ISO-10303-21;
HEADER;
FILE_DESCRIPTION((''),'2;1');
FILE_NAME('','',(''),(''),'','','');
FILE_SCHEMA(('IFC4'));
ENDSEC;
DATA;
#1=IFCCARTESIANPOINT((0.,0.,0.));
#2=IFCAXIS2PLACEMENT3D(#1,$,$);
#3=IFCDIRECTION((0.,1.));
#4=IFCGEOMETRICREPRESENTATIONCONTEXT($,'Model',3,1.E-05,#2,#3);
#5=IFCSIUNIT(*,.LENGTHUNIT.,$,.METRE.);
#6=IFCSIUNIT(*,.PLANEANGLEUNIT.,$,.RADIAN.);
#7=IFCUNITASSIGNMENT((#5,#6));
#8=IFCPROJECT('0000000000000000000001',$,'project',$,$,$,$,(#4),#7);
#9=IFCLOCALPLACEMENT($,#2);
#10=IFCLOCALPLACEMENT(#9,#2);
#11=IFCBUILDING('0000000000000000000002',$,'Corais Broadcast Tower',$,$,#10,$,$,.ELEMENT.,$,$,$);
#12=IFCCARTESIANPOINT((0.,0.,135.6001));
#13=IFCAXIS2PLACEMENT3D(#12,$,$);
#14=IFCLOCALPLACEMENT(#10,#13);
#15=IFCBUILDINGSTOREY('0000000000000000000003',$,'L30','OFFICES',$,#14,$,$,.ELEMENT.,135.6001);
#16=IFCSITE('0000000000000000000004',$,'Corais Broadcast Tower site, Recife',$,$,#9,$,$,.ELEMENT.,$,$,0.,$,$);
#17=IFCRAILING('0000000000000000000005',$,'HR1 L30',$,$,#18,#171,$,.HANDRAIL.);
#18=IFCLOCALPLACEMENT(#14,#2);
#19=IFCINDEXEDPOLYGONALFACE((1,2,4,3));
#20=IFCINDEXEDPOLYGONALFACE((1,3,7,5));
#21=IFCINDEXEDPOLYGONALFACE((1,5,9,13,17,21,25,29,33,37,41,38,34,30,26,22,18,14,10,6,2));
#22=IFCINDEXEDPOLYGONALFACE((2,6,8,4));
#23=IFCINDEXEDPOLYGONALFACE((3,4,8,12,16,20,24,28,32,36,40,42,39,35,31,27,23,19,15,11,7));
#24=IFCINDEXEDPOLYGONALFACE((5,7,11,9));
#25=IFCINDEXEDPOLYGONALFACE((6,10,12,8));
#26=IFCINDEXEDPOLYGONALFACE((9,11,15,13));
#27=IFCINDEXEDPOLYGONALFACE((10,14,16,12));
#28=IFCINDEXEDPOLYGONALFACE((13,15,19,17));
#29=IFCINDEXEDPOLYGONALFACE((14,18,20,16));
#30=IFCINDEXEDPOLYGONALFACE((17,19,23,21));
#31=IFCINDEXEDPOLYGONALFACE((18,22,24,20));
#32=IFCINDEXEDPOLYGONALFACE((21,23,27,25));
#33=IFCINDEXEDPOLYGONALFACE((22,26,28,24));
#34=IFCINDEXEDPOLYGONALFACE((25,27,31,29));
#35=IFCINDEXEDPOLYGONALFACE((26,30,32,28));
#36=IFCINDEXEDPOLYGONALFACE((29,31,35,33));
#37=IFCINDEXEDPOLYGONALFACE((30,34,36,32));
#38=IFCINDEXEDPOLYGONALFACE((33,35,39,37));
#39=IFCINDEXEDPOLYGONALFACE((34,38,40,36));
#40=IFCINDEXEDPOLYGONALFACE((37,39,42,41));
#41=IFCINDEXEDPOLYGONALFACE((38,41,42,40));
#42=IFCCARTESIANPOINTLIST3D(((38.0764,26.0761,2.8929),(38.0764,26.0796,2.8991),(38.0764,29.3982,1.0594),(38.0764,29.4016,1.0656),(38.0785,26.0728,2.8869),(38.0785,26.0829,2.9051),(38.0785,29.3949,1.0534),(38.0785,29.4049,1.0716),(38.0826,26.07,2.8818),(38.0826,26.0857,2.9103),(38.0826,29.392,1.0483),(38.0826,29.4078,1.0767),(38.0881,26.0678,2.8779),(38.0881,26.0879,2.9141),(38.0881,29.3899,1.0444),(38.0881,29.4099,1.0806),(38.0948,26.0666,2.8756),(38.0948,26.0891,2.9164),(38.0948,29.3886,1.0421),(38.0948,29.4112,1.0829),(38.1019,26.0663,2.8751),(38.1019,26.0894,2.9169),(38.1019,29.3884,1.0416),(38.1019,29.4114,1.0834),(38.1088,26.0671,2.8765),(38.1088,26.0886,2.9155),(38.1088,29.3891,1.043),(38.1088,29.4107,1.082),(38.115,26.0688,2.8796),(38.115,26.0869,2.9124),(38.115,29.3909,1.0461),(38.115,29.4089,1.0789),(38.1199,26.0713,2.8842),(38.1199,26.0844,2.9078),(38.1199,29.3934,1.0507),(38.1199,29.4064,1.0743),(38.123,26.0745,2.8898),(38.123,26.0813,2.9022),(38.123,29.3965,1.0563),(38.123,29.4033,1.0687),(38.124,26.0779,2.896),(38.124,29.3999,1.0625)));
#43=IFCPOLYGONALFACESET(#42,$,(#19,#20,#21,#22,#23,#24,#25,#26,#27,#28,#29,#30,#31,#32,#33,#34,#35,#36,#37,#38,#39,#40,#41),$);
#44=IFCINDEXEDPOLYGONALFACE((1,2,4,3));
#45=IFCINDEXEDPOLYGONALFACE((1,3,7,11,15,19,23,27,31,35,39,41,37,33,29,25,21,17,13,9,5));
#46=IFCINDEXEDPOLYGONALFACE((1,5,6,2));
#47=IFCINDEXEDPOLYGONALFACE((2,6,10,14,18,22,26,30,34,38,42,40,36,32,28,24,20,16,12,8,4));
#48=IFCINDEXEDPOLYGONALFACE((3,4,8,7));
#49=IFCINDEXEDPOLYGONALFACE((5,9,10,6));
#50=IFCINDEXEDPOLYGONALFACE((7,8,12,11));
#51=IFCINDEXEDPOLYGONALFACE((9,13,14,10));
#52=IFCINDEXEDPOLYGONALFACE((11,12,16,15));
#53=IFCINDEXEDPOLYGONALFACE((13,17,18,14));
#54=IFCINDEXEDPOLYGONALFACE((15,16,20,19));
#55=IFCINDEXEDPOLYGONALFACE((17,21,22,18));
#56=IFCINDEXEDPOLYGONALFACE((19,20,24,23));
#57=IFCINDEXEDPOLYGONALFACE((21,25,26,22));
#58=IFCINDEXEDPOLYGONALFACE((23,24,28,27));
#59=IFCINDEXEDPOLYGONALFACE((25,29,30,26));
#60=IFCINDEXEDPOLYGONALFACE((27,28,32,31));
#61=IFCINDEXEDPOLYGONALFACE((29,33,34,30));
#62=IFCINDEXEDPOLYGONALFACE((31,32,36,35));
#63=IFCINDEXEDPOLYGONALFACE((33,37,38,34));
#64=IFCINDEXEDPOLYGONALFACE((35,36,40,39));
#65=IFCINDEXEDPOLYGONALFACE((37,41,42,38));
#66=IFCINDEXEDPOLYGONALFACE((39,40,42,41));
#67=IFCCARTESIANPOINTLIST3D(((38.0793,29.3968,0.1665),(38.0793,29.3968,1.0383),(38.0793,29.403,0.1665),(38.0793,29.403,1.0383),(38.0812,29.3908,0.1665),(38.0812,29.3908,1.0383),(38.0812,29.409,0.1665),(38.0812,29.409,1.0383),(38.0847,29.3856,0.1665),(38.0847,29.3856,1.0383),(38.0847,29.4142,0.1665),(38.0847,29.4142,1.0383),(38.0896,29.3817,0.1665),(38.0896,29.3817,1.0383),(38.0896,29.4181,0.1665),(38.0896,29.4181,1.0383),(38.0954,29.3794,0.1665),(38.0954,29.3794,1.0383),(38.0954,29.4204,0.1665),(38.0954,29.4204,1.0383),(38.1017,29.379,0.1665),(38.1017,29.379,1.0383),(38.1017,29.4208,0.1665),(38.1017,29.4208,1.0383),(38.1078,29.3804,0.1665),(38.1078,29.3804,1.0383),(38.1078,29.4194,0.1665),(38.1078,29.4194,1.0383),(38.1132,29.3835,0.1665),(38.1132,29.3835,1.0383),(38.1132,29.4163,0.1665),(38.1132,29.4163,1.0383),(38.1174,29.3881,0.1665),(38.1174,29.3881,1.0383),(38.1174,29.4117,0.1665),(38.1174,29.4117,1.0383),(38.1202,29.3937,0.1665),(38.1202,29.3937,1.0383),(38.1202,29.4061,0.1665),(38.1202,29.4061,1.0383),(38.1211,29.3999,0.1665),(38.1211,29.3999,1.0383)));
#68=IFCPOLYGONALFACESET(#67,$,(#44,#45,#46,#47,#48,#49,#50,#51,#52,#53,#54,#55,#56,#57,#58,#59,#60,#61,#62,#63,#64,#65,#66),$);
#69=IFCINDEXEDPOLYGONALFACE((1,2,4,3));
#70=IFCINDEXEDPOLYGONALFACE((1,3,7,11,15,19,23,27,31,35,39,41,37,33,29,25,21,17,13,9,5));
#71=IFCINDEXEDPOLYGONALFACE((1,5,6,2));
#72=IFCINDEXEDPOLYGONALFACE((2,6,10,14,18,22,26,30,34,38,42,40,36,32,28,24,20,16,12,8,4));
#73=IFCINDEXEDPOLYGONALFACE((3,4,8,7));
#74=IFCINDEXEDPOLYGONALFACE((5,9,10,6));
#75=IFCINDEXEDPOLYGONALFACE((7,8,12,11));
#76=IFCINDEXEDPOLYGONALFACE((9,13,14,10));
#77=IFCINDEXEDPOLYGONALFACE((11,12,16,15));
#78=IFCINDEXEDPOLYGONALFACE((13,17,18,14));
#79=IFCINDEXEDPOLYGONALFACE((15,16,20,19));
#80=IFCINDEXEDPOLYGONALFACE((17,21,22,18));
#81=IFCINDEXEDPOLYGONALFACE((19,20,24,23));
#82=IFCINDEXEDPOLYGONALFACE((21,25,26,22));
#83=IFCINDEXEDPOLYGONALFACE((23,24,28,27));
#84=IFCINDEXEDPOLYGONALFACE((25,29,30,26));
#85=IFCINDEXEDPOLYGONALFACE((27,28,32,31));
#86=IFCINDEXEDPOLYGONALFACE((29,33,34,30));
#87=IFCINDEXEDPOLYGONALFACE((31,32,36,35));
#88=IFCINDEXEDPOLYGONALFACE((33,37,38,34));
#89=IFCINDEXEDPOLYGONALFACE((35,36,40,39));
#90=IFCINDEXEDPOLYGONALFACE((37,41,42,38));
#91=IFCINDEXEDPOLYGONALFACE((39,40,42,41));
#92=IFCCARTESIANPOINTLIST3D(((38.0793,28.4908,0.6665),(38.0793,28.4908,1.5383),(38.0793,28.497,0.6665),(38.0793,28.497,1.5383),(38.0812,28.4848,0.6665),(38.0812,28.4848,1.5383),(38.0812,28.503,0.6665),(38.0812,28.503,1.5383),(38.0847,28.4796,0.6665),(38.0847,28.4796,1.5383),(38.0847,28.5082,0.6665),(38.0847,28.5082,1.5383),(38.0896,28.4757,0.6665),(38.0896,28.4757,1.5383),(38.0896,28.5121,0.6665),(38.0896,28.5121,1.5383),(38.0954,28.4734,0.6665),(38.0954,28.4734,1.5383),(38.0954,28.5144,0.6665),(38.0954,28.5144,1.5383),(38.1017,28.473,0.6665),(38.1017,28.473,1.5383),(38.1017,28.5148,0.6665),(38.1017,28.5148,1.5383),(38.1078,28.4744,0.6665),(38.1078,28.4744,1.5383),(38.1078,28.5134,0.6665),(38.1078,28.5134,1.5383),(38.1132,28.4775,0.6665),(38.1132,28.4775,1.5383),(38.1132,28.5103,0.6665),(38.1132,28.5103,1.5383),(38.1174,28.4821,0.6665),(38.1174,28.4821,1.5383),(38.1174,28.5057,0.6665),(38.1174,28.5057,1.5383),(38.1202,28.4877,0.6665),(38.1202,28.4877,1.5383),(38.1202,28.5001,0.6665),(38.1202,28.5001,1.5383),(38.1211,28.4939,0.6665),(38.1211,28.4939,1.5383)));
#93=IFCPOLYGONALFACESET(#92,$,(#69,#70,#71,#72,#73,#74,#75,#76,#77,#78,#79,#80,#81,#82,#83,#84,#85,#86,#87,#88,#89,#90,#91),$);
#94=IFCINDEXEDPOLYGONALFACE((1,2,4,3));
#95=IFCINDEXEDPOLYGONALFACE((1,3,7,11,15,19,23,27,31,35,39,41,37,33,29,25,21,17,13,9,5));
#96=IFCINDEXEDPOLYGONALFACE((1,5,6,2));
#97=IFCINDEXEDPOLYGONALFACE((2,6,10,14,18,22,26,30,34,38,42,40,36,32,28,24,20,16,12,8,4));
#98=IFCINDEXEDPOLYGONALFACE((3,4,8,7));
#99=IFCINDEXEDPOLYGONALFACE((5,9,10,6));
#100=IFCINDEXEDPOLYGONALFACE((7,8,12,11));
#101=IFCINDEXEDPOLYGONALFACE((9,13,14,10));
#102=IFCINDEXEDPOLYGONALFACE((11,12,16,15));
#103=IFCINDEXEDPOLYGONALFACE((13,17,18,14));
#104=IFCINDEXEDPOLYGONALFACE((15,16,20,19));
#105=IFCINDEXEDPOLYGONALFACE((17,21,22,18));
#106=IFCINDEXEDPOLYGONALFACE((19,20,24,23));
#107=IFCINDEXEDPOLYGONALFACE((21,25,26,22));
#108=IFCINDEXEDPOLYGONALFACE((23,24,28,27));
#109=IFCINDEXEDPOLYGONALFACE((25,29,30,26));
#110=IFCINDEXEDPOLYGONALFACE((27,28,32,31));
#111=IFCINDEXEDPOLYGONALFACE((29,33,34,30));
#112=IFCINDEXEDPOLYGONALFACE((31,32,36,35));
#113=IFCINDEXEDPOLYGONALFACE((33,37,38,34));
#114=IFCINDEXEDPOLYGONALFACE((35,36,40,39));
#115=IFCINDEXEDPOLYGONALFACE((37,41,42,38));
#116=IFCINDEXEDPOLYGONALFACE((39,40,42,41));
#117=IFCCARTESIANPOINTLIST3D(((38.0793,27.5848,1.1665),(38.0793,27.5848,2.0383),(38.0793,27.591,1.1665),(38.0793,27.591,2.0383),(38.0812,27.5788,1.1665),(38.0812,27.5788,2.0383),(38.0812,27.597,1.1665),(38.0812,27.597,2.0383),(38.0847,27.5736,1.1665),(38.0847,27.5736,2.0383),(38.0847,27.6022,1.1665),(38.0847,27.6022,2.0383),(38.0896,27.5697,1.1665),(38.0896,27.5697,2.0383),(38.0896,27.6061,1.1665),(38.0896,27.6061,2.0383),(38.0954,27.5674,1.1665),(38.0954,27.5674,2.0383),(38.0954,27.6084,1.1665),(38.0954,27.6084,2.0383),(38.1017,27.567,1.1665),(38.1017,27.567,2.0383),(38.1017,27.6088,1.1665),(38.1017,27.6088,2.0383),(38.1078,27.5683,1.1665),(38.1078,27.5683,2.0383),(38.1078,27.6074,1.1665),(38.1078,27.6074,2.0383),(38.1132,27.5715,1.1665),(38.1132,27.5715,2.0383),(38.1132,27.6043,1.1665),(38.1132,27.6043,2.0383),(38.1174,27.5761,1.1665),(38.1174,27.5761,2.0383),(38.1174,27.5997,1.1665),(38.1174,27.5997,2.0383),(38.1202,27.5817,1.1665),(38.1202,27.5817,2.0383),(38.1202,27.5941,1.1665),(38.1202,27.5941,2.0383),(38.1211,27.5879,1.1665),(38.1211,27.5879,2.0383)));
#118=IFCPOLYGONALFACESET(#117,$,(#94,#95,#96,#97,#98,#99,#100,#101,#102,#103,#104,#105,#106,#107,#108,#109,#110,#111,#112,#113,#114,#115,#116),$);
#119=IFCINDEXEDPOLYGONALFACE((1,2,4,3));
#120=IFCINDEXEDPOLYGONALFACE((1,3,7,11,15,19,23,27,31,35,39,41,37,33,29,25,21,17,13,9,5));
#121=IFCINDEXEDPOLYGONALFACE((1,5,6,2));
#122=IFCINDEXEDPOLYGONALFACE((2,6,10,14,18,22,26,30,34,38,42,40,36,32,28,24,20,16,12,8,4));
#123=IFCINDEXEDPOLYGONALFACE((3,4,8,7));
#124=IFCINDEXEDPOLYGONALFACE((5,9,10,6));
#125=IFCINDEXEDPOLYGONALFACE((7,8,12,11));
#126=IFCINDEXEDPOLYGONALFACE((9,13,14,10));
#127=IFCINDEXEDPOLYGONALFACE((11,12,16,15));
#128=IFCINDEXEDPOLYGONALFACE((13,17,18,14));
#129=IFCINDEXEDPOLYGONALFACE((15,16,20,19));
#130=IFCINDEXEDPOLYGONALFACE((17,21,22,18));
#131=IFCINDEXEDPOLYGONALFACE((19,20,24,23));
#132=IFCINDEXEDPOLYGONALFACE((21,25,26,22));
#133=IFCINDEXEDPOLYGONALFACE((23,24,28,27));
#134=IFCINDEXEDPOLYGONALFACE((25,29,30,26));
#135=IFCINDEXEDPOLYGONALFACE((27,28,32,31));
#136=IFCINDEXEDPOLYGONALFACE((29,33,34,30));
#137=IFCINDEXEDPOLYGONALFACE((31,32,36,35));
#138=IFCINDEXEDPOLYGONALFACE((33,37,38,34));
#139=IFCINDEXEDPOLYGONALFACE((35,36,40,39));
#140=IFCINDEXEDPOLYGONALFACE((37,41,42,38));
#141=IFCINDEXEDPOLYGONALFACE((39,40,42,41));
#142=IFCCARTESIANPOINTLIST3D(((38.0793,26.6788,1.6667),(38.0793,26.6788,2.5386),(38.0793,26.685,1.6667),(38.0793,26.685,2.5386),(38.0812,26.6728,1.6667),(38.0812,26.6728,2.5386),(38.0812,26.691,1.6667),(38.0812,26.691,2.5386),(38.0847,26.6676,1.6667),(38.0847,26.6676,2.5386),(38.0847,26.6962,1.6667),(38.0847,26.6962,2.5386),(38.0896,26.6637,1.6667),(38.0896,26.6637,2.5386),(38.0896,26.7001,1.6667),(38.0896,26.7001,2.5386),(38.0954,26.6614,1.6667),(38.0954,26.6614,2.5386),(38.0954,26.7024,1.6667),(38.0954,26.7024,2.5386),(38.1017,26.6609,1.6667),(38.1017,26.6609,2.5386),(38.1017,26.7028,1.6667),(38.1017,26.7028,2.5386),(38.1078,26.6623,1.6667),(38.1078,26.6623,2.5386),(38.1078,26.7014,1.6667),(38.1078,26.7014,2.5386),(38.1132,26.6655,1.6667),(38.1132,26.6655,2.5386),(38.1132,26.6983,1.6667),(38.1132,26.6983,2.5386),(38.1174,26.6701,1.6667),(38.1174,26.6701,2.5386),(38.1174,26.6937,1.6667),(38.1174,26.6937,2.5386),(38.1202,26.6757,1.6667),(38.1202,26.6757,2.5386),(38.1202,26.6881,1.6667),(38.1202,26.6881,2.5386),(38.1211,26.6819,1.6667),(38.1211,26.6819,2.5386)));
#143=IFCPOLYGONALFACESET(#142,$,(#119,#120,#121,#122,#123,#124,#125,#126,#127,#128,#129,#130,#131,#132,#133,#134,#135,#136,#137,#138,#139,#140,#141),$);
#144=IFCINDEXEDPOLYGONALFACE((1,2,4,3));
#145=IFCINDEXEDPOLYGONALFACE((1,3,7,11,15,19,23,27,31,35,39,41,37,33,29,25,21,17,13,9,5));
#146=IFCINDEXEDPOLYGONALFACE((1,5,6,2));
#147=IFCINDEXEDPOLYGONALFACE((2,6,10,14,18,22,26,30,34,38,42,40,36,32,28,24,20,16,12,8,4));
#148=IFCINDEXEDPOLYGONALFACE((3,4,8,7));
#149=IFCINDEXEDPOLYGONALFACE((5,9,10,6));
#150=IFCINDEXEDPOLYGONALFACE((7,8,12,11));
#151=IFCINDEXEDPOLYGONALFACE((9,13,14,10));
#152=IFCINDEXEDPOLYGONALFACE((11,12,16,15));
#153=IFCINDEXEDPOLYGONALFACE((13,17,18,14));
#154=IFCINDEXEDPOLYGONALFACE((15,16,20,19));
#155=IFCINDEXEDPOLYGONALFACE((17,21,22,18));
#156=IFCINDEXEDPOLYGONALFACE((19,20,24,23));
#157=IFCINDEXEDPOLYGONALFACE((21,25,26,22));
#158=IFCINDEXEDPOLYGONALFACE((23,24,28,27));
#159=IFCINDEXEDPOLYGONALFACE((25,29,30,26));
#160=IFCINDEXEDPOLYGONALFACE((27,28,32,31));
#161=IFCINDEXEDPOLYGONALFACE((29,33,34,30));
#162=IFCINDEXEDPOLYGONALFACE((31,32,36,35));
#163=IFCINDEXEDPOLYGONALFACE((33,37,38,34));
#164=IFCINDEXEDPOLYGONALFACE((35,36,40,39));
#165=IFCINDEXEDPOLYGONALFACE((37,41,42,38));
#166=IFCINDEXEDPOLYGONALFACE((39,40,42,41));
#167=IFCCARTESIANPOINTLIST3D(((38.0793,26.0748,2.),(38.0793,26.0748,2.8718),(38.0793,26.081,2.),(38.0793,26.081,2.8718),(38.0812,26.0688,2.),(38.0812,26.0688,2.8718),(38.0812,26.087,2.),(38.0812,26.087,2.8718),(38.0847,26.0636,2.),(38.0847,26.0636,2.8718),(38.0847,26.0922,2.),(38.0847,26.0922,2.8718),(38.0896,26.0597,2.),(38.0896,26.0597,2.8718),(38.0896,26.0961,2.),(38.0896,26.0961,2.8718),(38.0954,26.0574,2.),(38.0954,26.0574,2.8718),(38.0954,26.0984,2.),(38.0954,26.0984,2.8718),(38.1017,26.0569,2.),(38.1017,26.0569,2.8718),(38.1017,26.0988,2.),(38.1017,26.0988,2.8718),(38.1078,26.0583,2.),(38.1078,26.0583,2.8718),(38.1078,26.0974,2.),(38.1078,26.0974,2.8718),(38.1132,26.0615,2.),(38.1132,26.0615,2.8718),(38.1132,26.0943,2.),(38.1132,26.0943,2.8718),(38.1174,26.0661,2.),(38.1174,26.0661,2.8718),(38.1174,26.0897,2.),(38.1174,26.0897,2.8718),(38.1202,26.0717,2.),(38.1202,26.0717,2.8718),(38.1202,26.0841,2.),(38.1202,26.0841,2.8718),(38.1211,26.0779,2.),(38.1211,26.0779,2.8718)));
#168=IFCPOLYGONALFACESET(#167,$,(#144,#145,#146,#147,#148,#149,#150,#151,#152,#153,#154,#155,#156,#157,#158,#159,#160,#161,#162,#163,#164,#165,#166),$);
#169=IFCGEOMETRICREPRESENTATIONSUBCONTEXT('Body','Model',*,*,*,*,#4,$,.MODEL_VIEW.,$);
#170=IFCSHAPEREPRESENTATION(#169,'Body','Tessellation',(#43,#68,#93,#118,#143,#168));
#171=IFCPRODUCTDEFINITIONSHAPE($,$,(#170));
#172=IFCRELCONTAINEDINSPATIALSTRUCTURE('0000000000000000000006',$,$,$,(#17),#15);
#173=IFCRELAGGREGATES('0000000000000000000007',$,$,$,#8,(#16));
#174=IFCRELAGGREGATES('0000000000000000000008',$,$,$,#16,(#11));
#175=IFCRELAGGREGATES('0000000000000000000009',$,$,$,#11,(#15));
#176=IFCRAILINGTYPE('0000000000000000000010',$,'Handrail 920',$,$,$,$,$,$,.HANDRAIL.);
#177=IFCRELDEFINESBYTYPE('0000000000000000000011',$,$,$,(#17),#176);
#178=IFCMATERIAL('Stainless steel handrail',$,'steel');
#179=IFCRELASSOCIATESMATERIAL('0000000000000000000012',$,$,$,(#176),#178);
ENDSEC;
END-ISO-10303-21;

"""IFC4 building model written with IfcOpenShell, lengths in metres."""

from ifc_helpers import new_model, si_unit, direction, frame, origin, origin_2d, place, context, subcontext, project, spatial, circle, extrude, material, type_object, element, save


model = new_model("IFC4")

# Units and contexts
model_context = context("Model", 3, precision=1e-05, world=origin(), true_north=direction((0.0, 1.0)))
body_context = subcontext(model_context, "Body", "Model", "MODEL_VIEW")
ifc_project = project(units=[si_unit("LENGTHUNIT", "METRE"), si_unit("PLANEANGLEUNIT", "RADIAN")], contexts=[model_context])

# Site, building, storey
site_placement = place(None, origin())
site = spatial("IfcSite", under=ifc_project, at=site_placement, Name="Corais Broadcast Tower site, Recife", CompositionType="ELEMENT", RefElevation=0.0)
building_placement = place(site_placement, origin())
building = spatial("IfcBuilding", under=site, at=building_placement, Name="Corais Broadcast Tower", CompositionType="ELEMENT")
storey_placement = place(building_placement, frame((0.0, 0.0, 135.6001)))
storey = spatial("IfcBuildingStorey", under=building, at=storey_placement, Name="L30", Description="OFFICES", CompositionType="ELEMENT", Elevation=135.6001)

# Railing
ifc_material_1 = material(Name="Stainless steel handrail", Category="steel")
railing_type = type_object("IfcRailingType", Name="Handrail 920", PredefinedType="HANDRAIL", material=ifc_material_1)
for number, where, name in (
    (1, (38.1001, 29.3999, 0.1665), "HR1 L30"),
):
    element("IfcRailing", number, at=place(storey_placement, frame(where)), inside=storey, type_object=railing_type, Name=name, PredefinedType="HANDRAIL", context=body_context, shape_type="SweptSolid", body=[
        extrude(circle(Radius=0.0239, at=origin_2d()), frame((0.0, 0.0, 0.896), z_axis=(0.0, -0.875504, 0.48321), x_axis=(1.0, 0.0, 0.0)), (0.0, 0.0, 1.0), 3.7944),
        extrude(circle(Radius=0.021, at=origin_2d()), origin(), (0.0, 0.0, 1.0), 0.8718),
        extrude(circle(Radius=0.021, at=origin_2d()), frame((0.0, -0.906, 0.5)), (0.0, 0.0, 1.0), 0.8718),
        extrude(circle(Radius=0.021, at=origin_2d()), frame((0.0, -1.812, 1.0)), (0.0, 0.0, 1.0), 0.8718),
        extrude(circle(Radius=0.021, at=origin_2d()), frame((0.0, -2.718, 1.5002)), (0.0, 0.0, 1.0), 0.8718),
        extrude(circle(Radius=0.021, at=origin_2d()), frame((0.0, -3.322, 1.8335)), (0.0, 0.0, 1.0), 0.8718),
    ])

save(model, "model.ifc")
